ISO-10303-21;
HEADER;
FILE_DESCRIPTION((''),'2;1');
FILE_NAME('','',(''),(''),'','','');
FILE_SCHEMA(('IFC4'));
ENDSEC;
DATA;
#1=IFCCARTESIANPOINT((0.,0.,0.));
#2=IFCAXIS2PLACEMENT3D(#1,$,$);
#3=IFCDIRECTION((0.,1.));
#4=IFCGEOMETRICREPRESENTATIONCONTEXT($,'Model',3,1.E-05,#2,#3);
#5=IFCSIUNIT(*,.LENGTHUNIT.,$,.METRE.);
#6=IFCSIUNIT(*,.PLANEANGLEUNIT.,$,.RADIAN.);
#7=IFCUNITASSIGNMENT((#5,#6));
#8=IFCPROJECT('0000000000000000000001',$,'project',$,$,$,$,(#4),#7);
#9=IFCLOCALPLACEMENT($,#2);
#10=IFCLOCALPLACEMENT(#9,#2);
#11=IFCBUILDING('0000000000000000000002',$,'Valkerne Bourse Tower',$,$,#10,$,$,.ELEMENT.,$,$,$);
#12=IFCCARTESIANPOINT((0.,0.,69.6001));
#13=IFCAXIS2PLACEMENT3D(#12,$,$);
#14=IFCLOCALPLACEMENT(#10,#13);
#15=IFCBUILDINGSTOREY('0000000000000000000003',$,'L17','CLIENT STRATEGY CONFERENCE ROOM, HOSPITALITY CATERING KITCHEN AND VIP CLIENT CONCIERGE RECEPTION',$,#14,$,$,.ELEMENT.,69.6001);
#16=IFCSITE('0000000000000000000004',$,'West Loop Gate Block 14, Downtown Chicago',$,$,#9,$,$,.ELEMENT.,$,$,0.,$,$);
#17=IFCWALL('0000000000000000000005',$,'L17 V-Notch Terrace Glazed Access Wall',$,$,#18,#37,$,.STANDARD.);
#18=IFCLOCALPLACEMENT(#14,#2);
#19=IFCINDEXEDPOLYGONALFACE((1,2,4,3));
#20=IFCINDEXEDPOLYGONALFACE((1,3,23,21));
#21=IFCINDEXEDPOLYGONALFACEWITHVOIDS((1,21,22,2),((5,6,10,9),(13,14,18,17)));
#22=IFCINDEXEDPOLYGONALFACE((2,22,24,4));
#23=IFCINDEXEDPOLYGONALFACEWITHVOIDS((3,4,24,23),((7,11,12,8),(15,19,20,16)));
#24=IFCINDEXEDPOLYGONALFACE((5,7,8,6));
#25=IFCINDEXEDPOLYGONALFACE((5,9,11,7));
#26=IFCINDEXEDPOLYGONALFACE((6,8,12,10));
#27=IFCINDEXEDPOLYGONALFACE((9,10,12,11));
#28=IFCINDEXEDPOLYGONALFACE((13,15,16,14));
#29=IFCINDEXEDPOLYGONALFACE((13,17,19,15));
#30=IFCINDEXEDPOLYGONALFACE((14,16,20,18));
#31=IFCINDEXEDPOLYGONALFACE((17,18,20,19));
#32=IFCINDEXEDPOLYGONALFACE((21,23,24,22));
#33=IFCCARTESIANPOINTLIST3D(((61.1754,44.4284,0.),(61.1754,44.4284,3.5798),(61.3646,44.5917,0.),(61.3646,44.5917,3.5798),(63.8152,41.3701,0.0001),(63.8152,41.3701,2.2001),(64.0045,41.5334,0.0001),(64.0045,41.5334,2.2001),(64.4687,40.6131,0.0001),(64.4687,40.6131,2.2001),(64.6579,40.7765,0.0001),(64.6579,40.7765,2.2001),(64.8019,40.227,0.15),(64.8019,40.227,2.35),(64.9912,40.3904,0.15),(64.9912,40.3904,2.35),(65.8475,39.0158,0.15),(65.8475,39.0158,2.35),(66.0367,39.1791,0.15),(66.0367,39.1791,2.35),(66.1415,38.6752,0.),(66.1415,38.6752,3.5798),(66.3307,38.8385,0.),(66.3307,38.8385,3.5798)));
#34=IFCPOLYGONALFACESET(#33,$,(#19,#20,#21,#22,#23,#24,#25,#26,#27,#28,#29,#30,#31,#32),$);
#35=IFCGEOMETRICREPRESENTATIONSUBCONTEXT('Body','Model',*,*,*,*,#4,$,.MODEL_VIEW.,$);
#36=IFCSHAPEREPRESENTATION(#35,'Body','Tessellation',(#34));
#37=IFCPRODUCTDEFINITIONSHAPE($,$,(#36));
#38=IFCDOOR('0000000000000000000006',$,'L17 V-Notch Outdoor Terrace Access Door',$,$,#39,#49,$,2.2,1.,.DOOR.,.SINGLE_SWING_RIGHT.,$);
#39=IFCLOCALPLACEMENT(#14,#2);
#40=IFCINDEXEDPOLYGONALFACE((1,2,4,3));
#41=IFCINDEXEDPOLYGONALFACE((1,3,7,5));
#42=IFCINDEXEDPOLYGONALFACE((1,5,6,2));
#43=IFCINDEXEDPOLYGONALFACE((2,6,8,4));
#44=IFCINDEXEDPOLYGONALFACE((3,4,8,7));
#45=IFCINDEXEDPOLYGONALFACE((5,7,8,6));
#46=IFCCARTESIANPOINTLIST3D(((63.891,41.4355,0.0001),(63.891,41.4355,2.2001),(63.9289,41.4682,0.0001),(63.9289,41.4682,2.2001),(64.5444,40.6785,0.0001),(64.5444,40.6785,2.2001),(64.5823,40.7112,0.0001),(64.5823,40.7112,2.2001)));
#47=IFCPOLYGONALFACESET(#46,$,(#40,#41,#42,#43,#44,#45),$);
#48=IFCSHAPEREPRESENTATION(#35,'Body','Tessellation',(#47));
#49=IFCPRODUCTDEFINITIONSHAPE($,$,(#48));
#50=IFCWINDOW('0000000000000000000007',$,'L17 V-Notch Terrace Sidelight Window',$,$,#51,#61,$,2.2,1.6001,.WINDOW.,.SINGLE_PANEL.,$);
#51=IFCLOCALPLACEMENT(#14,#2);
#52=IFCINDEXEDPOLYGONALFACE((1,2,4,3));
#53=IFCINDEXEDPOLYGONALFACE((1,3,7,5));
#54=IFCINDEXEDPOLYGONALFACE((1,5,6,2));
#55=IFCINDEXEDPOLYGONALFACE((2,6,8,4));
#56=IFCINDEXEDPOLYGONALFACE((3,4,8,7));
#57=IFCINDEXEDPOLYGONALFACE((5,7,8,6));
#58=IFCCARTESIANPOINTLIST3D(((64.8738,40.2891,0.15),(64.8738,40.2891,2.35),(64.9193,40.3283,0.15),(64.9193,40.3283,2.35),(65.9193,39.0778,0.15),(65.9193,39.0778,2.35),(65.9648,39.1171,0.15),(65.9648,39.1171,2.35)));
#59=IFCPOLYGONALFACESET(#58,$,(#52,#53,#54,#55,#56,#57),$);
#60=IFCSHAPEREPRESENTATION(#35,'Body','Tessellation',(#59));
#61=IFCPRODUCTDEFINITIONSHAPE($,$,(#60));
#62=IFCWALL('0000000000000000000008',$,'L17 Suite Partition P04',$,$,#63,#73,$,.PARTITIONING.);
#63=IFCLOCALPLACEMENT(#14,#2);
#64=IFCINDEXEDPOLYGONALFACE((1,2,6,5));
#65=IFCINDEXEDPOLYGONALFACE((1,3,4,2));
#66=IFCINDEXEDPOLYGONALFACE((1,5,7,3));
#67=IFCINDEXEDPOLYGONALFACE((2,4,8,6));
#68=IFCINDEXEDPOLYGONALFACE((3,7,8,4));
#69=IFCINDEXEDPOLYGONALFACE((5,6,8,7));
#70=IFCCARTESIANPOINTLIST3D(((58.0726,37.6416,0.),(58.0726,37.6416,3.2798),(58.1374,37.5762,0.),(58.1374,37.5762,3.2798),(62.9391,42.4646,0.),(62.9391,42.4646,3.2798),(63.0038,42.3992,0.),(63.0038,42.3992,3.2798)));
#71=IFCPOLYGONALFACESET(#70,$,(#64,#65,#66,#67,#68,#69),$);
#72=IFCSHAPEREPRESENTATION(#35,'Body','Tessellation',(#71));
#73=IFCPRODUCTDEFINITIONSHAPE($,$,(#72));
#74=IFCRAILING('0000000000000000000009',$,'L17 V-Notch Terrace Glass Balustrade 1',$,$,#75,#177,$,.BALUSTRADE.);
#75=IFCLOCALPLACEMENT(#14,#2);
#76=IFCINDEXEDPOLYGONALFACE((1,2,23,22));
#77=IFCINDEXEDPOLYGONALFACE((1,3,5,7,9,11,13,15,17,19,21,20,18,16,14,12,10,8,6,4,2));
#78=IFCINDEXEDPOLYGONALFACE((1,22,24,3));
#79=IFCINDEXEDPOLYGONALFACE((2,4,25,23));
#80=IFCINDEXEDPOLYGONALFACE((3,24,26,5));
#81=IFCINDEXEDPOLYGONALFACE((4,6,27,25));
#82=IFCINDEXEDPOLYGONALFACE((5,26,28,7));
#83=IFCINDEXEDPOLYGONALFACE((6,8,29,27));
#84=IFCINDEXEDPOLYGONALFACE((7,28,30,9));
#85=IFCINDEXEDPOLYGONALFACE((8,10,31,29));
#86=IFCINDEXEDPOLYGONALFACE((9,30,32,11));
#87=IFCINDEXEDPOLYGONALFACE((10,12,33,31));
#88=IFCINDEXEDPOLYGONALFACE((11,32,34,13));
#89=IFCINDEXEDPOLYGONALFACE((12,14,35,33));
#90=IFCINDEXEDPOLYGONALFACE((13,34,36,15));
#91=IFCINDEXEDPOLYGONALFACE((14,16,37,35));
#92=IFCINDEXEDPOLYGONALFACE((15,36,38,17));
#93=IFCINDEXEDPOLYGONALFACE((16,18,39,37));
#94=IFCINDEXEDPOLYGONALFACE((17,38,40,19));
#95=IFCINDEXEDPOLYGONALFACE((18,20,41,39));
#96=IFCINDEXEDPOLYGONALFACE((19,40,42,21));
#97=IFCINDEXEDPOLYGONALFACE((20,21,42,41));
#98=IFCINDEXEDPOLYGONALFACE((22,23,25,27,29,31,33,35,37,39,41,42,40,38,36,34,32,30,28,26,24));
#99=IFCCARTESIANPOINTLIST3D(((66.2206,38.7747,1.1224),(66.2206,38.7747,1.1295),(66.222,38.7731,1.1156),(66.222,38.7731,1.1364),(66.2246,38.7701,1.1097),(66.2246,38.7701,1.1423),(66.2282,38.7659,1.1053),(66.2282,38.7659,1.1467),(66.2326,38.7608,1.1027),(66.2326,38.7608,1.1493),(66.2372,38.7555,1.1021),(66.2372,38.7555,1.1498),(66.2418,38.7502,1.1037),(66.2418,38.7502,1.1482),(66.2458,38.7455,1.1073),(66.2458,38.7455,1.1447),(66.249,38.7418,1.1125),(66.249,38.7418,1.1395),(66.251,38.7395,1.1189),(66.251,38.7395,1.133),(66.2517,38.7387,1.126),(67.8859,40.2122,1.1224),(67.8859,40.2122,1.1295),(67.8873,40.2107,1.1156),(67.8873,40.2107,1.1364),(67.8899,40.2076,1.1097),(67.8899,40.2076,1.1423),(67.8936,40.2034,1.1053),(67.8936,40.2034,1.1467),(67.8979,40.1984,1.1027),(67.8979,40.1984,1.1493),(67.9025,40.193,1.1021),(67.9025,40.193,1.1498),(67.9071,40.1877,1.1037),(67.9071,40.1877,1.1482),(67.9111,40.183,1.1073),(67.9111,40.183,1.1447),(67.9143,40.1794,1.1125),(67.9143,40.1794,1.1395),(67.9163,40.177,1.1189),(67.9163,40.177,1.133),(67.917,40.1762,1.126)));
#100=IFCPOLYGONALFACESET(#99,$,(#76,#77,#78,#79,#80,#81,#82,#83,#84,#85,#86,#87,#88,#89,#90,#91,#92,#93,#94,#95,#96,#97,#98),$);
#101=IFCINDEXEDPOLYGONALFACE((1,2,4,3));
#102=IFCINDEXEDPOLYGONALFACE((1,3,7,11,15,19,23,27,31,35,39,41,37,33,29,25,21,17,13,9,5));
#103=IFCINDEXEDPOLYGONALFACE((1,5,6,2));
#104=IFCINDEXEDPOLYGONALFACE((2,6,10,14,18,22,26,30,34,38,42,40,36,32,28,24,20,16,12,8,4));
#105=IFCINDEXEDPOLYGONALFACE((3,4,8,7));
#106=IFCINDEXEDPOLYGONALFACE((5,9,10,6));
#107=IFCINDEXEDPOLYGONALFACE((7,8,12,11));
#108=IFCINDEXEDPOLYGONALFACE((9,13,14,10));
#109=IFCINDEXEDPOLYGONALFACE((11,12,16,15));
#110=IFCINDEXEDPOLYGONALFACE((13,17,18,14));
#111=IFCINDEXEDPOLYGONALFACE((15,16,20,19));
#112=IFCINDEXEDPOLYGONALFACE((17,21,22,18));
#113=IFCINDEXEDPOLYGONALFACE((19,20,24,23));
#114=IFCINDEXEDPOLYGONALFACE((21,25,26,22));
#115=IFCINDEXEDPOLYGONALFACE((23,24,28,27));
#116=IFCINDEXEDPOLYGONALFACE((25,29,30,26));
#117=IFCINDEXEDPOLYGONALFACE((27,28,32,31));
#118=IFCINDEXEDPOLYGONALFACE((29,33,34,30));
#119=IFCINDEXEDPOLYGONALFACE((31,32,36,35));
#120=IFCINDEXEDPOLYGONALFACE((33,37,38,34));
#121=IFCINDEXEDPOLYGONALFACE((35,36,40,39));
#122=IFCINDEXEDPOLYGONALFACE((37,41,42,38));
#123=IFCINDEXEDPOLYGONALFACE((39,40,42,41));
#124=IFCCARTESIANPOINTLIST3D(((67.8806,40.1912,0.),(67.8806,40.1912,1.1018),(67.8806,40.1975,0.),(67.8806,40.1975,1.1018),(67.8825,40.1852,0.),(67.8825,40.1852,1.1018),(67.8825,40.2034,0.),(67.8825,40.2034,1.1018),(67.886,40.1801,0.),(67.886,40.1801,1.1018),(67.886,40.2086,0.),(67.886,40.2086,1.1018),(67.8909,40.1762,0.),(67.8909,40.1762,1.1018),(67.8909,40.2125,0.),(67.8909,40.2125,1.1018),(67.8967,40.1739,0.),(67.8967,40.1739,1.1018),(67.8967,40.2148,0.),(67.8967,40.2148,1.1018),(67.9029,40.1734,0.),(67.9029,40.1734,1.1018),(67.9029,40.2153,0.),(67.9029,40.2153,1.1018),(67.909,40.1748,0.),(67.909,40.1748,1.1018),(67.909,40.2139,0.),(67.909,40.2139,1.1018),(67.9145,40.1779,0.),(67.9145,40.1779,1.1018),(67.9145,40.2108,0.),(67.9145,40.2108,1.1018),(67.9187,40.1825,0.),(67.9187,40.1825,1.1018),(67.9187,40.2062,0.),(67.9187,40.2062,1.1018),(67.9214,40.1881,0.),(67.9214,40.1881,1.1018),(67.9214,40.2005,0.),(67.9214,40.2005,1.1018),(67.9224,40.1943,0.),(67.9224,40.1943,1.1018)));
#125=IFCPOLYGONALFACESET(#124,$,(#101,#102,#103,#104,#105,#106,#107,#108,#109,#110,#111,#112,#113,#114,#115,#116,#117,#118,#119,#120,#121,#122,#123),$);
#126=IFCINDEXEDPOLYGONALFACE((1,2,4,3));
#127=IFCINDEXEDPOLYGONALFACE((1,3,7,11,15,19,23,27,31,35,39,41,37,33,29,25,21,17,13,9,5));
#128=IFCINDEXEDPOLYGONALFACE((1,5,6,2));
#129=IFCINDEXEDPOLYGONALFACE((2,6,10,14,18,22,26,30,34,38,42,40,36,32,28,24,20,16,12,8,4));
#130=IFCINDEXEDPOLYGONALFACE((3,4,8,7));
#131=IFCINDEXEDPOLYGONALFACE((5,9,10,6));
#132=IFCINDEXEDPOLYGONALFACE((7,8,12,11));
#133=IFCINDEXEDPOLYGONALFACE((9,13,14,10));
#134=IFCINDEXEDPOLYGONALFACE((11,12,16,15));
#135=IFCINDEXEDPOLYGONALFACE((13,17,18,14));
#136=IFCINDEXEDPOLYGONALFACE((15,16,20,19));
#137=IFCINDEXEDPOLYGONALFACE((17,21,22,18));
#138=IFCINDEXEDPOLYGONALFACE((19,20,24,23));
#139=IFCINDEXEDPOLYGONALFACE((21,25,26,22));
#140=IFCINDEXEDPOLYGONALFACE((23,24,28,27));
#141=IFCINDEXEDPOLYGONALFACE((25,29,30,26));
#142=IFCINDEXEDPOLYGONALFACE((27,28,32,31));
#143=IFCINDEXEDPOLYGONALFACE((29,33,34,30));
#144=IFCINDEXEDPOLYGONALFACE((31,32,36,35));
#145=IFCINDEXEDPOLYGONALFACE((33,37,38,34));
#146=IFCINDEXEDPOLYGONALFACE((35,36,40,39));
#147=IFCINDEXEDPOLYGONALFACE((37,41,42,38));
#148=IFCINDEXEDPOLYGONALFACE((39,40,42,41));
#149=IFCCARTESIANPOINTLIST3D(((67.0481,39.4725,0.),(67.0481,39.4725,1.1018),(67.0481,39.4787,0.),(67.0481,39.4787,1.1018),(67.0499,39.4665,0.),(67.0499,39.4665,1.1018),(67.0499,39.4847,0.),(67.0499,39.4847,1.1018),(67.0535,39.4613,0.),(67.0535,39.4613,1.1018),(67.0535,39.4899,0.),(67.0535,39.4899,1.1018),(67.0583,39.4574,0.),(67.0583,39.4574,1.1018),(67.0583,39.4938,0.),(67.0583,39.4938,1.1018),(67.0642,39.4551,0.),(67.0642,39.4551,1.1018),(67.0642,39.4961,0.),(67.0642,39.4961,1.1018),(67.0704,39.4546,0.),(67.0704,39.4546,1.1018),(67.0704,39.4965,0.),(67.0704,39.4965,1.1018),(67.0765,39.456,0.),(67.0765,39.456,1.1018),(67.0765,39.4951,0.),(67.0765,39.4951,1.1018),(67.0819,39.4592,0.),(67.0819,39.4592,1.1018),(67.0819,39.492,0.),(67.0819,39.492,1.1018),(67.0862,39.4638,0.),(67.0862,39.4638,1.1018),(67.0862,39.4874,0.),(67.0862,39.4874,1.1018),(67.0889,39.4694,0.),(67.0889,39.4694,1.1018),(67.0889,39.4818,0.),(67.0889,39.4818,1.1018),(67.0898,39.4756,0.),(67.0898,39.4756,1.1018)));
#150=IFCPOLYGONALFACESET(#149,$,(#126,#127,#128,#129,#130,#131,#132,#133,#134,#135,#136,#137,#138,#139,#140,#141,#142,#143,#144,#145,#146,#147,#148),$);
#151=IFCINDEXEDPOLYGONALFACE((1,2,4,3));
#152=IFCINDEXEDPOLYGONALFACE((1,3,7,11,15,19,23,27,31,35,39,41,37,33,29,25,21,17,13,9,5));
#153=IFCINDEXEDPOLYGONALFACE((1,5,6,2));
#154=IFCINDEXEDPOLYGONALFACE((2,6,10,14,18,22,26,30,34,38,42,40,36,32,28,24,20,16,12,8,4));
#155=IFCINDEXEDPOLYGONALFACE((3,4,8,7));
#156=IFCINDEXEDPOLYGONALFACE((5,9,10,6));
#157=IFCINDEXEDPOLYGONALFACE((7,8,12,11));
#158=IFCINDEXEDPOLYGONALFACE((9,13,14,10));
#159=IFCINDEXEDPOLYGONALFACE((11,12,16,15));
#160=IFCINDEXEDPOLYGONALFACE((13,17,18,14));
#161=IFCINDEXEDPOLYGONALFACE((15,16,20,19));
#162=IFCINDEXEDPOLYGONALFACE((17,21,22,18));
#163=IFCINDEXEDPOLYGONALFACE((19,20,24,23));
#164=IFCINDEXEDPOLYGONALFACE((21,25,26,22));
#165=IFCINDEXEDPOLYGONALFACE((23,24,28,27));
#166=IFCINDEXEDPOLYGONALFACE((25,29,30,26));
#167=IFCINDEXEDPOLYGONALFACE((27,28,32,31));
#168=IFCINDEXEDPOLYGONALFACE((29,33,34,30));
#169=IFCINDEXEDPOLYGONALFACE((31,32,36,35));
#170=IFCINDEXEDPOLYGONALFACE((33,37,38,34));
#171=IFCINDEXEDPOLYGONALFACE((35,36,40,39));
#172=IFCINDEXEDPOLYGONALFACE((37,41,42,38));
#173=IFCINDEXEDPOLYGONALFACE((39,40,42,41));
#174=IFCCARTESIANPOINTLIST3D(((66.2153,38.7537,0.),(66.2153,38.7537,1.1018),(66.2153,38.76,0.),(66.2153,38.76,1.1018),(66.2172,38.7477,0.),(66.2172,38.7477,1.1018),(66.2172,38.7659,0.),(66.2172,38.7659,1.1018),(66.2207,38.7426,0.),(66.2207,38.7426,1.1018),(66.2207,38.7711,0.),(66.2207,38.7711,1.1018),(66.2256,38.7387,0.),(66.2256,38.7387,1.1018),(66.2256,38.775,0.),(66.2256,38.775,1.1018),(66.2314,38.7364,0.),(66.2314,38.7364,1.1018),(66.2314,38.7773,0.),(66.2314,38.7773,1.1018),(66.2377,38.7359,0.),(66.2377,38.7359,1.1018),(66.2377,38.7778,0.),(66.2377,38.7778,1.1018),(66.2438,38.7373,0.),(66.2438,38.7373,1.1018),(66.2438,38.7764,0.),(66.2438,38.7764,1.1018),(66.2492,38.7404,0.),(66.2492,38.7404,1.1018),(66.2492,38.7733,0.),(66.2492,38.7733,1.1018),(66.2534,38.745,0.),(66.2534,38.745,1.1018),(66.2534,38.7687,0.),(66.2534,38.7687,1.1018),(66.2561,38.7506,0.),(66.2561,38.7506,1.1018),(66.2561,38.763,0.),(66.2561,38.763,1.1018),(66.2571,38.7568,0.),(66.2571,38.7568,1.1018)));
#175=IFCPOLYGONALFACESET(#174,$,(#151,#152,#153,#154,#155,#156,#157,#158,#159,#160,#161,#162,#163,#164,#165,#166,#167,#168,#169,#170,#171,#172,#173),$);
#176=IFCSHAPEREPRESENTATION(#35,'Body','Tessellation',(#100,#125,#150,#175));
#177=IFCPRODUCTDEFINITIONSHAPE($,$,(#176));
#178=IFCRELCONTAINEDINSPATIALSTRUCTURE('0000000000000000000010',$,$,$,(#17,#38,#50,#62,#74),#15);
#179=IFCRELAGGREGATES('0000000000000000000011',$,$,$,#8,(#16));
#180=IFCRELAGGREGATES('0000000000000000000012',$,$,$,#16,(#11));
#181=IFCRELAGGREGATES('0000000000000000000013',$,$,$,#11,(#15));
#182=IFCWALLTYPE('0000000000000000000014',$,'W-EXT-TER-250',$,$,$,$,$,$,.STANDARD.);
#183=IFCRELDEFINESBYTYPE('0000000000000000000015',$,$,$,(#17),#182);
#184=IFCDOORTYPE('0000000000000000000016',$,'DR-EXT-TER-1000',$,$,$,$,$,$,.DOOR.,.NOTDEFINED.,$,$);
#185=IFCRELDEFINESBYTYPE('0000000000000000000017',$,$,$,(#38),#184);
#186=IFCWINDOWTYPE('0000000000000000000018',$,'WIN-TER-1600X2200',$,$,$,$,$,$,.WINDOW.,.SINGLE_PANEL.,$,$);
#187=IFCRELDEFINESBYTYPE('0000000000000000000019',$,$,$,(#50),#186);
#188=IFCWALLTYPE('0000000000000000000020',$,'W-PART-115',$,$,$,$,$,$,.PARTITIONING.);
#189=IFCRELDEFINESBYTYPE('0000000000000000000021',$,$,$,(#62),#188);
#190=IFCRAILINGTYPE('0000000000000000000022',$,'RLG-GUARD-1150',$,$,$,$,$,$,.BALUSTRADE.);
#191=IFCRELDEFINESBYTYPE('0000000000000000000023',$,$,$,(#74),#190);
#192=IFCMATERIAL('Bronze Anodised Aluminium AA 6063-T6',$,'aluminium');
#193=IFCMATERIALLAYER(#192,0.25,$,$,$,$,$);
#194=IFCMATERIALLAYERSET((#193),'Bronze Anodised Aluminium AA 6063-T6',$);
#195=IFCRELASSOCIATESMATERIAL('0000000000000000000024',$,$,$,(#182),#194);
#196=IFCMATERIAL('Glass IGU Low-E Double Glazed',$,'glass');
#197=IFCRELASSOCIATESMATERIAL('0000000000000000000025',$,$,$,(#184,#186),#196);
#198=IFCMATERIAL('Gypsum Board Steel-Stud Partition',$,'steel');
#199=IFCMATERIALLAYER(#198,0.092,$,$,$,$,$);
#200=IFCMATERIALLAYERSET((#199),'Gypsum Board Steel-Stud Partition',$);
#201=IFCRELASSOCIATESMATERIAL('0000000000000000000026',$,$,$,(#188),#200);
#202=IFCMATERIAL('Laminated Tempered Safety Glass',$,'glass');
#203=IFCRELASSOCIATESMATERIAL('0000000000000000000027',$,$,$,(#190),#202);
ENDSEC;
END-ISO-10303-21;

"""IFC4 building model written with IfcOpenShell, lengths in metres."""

from ifc_helpers import new_model, si_unit, direction, frame, frame_2d, origin, origin_2d, place, context, subcontext, project, spatial, rectangle, circle, extrude, material, layer, layer_set, type_object, element, fill, save


model = new_model("IFC4")

# Units and contexts
model_context = context("Model", 3, precision=1e-05, world=origin(), true_north=direction((0.0, 1.0)))
body_context = subcontext(model_context, "Body", "Model", "MODEL_VIEW")
ifc_project = project(units=[si_unit("LENGTHUNIT", "METRE"), si_unit("PLANEANGLEUNIT", "RADIAN")], contexts=[model_context])

# Site, building, storey
site_placement = place(None, origin())
site = spatial("IfcSite", under=ifc_project, at=site_placement, Name="West Loop Gate Block 14, Downtown Chicago", CompositionType="ELEMENT", RefElevation=0.0)
building_placement = place(site_placement, origin())
building = spatial("IfcBuilding", under=site, at=building_placement, Name="Valkerne Bourse Tower", CompositionType="ELEMENT")
storey_placement = place(building_placement, frame((0.0, 0.0, 69.6001)))
storey = spatial("IfcBuildingStorey", under=building, at=storey_placement, Name="L17", Description="CLIENT STRATEGY CONFERENCE ROOM, HOSPITALITY CATERING KITCHEN AND VIP CLIENT CONCIERGE RECEPTION", CompositionType="ELEMENT", Elevation=69.6001)

# Shared definitions
ifc_material_1 = material(Name="Bronze Anodised Aluminium AA 6063-T6", Category="aluminium")

# Shared definitions
ifc_material_2 = material(Name="Glass IGU Low-E Double Glazed", Category="glass")

# Shared definitions
ifc_material_3 = material(Name="Gypsum Board Steel-Stud Partition", Category="steel")

# Wall, openings, door, window
ifc_layer_1 = layer(ifc_material_1, 0.25)
ifc_layer_set_1 = layer_set([ifc_layer_1], Name="Bronze Anodised Aluminium AA 6063-T6")
wall_type_1 = type_object("IfcWallType", Name="W-EXT-TER-250", PredefinedType="STANDARD", material=ifc_layer_set_1)
wall_1_placement = place(storey_placement, frame((66.2361, 38.7568, 0.0), z_axis=(0.0, 0.0, 1.0), x_axis=(-0.653425, 0.756991, 0.0)))
wall_1 = element("IfcWall", 1, at=wall_1_placement, inside=storey, type_object=wall_type_1, Name="L17 V-Notch Terrace Glazed Access Wall", PredefinedType="STANDARD", context=body_context, shape_type="SweptSolid", body=[
    extrude(rectangle(XDim=7.6001, YDim=0.25, at=frame_2d((3.8, 0.0))), origin(), (0.0, 0.0, 1.0), 3.5798),
])
opening_1_placement = place(wall_1_placement, frame((2.5601, 0.0, 0.0)))
opening_1 = element("IfcOpeningElement", 2, at=opening_1_placement, cuts=wall_1, PredefinedType="OPENING", context=body_context, shape_type="SweptSolid", body=[
    extrude(rectangle(XDim=1.0, YDim=2.2, at=frame_2d((0.5, 1.1001))), frame((0.0, 0.135, 0.0), z_axis=(0.0, -1.0, 0.0), x_axis=(1.0, 0.0, 0.0)), (0.0, 0.0, 1.0), 0.27),
])
opening_2_placement = place(wall_1_placement, frame((0.45, 0.0, 0.1499)))
opening_2 = element("IfcOpeningElement", 3, at=opening_2_placement, cuts=wall_1, PredefinedType="OPENING", context=body_context, shape_type="SweptSolid", body=[
    extrude(rectangle(XDim=1.6001, YDim=2.2, at=frame_2d((0.8, 1.1001))), frame((0.0, 0.135, 0.0), z_axis=(0.0, -1.0, 0.0), x_axis=(1.0, 0.0, 0.0)), (0.0, 0.0, 1.0), 0.27),
])
door_type = type_object("IfcDoorType", Name="DR-EXT-TER-1000", OperationType="NOTDEFINED", PredefinedType="DOOR", material=ifc_material_2)
door_placement = place(opening_1_placement, origin())
door = element("IfcDoor", 4, at=door_placement, inside=storey, type_object=door_type, Name="L17 V-Notch Outdoor Terrace Access Door", OperationType="SINGLE_SWING_RIGHT", OverallHeight=2.2, OverallWidth=1.0, PredefinedType="DOOR", context=body_context, shape_type="SweptSolid", body=[
    extrude(rectangle(XDim=1.0, YDim=2.2, at=frame_2d((0.5, 1.1001))), frame((0.0, 0.0249, 0.0), z_axis=(0.0, -1.0, 0.0), x_axis=(1.0, 0.0, 0.0)), (0.0, 0.0, 1.0), 0.05),
])
fill(opening_1, door)
window_type = type_object("IfcWindowType", Name="WIN-TER-1600X2200", PartitioningType="SINGLE_PANEL", PredefinedType="WINDOW", material=ifc_material_2)
window_placement = place(opening_2_placement, origin())
window = element("IfcWindow", 5, at=window_placement, inside=storey, type_object=window_type, Name="L17 V-Notch Terrace Sidelight Window", OverallHeight=2.2, OverallWidth=1.6001, PartitioningType="SINGLE_PANEL", PredefinedType="WINDOW", context=body_context, shape_type="SweptSolid", body=[
    extrude(rectangle(XDim=1.6001, YDim=2.2, at=frame_2d((0.8, 1.1001))), frame((0.0, 0.03, 0.0), z_axis=(0.0, -1.0, 0.0), x_axis=(1.0, 0.0, 0.0)), (0.0, 0.0, 1.0), 0.0601),
])
fill(opening_2, window)

# Wall
ifc_layer_2 = layer(ifc_material_3, 0.092)
ifc_layer_set_2 = layer_set([ifc_layer_2], Name="Gypsum Board Steel-Stud Partition")
wall_type_2 = type_object("IfcWallType", Name="W-PART-115", PredefinedType="PARTITIONING", material=ifc_layer_set_2)
wall_2_placement = place(storey_placement, frame((58.105, 37.6089, 0.0), z_axis=(0.0, 0.0, 1.0), x_axis=(0.710271, 0.703928, 0.0)))
element("IfcWall", 6, at=wall_2_placement, inside=storey, type_object=wall_type_2, Name="L17 Suite Partition P04", PredefinedType="PARTITIONING", context=body_context, shape_type="SweptSolid", body=[
    extrude(rectangle(XDim=6.8516, YDim=0.092, at=frame_2d((3.4258, 0.0))), origin(), (0.0, 0.0, 1.0), 3.2798),
])

# Railing
ifc_material_4 = material(Name="Laminated Tempered Safety Glass", Category="glass")
railing_type = type_object("IfcRailingType", Name="RLG-GUARD-1150", PredefinedType="BALUSTRADE", material=ifc_material_4)
railing_1_placement = place(storey_placement, frame((67.9014, 40.1943, 0.0)))
element("IfcRailing", 7, at=railing_1_placement, inside=storey, type_object=railing_type, Name="L17 V-Notch Terrace Glass Balustrade 1", PredefinedType="BALUSTRADE", context=body_context, shape_type="SweptSolid", body=[
    extrude(circle(Radius=0.0239, at=origin_2d()), frame((0.0, 0.0, 1.126), z_axis=(-0.75698, -0.653438, 0.0), x_axis=(0.653438, -0.75698, 0.0)), (0.0, 0.0, 1.0), 2.2),
    extrude(circle(Radius=0.021, at=origin_2d()), origin(), (0.0, 0.0, 1.0), 1.1018),
    extrude(circle(Radius=0.021, at=origin_2d()), frame((-0.8325, -0.7188, 0.0)), (0.0, 0.0, 1.0), 1.1018),
    extrude(circle(Radius=0.021, at=origin_2d()), frame((-1.6653, -1.4375, 0.0)), (0.0, 0.0, 1.0), 1.1018),
])

save(model, "model.ifc")
